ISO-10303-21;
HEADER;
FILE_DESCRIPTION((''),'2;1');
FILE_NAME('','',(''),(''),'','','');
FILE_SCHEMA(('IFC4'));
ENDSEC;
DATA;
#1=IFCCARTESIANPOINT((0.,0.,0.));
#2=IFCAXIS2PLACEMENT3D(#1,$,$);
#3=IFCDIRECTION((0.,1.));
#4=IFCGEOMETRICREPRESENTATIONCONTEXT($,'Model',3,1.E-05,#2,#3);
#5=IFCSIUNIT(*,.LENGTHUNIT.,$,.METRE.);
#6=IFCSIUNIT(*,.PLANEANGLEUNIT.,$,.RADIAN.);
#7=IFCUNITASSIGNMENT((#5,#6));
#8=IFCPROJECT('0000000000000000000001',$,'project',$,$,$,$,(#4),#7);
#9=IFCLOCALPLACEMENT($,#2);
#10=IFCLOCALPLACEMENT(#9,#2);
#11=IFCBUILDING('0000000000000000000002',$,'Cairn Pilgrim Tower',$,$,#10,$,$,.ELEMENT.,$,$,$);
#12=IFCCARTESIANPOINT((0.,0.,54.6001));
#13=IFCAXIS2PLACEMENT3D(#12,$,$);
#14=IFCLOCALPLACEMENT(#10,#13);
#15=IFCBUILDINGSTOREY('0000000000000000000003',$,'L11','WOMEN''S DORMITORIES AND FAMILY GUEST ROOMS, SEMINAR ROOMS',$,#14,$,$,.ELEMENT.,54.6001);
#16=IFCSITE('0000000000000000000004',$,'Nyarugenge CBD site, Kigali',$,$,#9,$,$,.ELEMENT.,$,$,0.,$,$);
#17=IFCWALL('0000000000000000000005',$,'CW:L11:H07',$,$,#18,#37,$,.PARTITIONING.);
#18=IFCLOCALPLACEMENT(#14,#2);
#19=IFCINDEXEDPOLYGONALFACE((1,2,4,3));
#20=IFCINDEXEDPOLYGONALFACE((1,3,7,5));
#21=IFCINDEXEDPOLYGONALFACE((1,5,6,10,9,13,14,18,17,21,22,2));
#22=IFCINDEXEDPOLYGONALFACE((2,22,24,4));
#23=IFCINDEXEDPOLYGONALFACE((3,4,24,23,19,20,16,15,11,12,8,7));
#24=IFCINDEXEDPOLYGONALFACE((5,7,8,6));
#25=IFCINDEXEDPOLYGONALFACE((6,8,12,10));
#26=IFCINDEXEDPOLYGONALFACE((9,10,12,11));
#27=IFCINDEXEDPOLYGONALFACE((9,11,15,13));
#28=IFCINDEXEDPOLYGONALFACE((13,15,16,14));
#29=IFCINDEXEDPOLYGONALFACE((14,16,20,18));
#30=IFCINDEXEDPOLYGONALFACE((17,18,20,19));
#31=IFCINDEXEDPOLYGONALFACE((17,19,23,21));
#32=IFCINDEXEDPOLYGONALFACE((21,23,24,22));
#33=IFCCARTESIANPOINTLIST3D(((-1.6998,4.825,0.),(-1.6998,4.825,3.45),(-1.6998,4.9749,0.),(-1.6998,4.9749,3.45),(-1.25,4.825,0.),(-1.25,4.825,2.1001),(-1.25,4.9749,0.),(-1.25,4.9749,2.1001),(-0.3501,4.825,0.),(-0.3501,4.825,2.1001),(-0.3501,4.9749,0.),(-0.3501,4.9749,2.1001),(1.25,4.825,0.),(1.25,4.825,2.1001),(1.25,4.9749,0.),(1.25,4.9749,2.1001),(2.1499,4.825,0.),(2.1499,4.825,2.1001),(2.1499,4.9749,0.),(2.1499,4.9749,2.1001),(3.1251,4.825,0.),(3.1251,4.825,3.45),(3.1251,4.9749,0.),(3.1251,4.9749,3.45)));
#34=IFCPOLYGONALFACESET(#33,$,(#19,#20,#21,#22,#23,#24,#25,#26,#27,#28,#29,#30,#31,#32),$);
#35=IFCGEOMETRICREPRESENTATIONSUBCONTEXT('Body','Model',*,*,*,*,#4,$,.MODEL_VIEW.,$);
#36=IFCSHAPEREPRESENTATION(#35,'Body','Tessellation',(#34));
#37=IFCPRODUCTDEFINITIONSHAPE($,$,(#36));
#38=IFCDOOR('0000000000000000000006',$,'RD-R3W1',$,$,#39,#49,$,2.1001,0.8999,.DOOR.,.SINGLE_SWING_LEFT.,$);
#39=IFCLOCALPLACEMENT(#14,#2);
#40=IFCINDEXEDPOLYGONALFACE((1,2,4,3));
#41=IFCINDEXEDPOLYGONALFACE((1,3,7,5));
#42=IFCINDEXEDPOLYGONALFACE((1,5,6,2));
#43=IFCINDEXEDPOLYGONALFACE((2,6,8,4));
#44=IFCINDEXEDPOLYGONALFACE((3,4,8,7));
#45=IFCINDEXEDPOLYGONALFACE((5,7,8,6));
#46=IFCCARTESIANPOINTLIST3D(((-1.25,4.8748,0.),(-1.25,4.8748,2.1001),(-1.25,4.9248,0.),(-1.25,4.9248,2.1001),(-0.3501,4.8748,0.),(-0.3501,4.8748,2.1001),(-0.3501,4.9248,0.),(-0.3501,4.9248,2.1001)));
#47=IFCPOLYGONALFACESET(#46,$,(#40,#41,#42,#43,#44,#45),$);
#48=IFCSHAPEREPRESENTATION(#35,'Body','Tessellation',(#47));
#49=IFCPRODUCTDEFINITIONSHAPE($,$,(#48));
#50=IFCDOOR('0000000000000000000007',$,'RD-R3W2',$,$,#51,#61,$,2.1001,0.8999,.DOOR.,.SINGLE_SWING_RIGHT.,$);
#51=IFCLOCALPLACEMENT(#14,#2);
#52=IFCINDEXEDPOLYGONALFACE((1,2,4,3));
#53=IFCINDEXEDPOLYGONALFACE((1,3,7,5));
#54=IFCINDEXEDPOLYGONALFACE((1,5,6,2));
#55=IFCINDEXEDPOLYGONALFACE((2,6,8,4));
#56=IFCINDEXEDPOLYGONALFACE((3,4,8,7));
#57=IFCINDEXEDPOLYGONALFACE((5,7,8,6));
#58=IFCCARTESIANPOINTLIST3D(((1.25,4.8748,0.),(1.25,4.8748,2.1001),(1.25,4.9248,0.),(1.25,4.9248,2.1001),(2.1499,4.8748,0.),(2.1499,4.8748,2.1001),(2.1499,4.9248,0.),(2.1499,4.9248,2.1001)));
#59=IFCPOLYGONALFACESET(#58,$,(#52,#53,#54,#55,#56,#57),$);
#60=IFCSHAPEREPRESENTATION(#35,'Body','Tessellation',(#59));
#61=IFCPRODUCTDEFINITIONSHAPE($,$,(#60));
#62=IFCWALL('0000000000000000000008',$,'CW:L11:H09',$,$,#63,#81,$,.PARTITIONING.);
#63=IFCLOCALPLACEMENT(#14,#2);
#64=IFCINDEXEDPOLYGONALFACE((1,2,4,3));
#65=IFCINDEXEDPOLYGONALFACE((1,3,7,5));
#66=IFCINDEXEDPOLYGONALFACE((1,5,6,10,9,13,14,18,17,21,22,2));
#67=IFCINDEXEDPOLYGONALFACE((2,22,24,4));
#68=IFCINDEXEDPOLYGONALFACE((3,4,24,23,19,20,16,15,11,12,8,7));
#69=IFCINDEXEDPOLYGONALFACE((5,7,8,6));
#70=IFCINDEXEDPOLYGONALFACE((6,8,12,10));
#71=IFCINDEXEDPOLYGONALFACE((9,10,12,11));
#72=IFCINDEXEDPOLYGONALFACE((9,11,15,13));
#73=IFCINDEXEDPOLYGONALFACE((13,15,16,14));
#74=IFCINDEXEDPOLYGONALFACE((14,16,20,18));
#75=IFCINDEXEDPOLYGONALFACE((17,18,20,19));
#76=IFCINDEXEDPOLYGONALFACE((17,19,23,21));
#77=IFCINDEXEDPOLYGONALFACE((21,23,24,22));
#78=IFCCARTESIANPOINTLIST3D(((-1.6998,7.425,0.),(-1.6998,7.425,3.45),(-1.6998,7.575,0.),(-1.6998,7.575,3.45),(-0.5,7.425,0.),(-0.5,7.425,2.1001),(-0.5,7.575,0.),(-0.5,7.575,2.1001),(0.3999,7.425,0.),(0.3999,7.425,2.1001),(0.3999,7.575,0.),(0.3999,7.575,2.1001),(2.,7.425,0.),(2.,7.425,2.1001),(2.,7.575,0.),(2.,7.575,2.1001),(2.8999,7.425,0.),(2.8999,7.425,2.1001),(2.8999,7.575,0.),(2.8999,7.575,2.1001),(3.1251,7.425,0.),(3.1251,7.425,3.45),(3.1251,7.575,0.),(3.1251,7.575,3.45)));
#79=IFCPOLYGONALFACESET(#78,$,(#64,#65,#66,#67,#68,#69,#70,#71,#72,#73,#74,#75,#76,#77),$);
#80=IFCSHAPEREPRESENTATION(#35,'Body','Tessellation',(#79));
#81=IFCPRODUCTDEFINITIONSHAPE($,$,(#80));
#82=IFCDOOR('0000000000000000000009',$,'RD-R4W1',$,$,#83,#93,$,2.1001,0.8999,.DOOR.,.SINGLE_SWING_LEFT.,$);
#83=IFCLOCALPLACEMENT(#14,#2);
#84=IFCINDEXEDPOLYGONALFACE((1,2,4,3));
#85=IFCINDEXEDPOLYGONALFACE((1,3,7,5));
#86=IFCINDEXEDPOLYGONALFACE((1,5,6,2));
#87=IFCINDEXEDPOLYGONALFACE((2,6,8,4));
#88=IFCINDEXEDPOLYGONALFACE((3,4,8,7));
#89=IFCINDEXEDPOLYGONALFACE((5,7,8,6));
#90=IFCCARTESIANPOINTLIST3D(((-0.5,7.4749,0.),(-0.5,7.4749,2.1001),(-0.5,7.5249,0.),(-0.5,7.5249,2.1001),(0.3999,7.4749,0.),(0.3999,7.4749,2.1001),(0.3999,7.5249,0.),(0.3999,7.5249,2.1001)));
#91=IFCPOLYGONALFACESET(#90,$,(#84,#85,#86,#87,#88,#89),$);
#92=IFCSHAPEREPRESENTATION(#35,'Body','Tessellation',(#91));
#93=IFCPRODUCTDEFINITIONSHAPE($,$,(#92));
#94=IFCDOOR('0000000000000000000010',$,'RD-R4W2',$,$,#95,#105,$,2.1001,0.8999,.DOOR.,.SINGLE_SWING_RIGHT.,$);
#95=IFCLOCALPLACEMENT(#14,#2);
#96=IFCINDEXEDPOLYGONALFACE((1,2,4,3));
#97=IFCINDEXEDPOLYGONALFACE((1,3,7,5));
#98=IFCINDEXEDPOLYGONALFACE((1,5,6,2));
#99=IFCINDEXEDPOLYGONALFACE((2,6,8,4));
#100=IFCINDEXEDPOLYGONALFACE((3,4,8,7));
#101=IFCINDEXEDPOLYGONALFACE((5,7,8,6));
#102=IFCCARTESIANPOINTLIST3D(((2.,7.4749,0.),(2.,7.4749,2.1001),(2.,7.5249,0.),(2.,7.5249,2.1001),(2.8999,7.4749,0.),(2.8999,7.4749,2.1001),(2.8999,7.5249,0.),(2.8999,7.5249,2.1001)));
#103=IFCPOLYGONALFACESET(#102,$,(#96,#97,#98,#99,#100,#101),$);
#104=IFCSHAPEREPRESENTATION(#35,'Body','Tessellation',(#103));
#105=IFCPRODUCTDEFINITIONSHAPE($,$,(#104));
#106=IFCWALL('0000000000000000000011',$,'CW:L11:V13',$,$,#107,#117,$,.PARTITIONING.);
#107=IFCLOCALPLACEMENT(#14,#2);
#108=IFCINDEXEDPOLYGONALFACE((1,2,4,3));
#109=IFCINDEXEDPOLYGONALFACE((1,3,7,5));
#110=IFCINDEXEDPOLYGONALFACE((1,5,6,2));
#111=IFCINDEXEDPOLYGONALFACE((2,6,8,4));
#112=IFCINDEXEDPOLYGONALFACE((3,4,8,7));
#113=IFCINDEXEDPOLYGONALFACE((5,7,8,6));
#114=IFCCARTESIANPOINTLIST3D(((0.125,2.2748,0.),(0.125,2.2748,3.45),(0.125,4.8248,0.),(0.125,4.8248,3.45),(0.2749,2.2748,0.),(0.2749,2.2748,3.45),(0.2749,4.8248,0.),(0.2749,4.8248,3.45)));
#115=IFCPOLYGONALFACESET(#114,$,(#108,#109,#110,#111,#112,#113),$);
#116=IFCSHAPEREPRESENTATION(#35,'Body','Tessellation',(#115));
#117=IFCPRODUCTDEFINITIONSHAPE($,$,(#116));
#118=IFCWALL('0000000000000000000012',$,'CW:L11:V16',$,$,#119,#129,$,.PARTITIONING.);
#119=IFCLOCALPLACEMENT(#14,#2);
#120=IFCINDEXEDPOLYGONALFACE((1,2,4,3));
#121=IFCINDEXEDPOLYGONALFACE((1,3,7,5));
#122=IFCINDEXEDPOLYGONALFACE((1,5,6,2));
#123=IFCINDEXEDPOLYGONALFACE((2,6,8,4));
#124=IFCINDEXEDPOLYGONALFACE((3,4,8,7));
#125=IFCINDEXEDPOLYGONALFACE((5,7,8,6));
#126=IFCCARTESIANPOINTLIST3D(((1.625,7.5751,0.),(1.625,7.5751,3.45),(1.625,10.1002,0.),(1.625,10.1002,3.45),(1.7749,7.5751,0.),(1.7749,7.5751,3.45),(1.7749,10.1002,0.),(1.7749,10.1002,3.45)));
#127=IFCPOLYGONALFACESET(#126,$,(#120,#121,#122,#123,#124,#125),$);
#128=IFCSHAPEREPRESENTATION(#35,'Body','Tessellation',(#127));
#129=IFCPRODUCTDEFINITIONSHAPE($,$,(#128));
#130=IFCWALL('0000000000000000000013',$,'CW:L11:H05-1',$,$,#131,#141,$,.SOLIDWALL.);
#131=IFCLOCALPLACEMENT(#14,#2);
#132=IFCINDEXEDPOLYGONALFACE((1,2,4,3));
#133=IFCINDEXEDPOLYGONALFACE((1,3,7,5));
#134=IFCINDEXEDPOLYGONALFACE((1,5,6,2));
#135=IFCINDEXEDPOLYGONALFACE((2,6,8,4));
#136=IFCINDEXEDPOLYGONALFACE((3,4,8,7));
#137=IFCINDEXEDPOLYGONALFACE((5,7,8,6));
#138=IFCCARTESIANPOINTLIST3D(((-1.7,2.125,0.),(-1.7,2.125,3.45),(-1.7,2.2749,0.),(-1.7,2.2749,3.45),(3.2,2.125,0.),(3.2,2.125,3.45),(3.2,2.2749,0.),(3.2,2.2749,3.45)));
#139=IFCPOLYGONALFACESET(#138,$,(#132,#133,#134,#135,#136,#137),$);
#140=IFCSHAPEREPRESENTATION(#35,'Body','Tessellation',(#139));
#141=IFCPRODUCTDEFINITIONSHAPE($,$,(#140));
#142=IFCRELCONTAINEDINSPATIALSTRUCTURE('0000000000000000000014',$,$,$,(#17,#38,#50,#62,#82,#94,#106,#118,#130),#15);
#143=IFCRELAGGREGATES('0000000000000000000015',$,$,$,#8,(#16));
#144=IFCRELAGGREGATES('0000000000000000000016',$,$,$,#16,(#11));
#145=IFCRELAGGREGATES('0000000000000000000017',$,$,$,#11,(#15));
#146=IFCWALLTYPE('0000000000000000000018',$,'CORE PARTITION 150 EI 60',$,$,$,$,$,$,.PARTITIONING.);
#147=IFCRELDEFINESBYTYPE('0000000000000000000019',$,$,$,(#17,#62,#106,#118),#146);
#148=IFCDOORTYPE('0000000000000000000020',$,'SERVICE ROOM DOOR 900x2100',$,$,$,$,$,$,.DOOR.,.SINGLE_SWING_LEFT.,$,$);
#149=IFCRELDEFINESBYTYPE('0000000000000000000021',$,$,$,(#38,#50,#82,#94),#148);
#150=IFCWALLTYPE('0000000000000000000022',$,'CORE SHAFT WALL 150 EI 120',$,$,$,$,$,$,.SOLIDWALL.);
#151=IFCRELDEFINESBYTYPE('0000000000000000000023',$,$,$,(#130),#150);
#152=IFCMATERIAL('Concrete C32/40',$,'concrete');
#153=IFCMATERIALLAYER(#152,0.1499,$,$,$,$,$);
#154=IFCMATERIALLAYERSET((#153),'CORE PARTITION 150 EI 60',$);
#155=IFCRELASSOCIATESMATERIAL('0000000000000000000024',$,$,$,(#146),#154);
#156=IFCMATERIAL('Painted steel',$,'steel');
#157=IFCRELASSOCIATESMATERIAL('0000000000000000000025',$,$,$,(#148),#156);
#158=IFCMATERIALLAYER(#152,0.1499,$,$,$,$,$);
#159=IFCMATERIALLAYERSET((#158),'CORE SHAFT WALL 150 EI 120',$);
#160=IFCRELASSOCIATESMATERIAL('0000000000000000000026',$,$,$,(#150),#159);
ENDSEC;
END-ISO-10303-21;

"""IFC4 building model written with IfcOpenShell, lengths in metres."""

from ifc_helpers import new_model, si_unit, direction, frame, frame_2d, origin, place, context, subcontext, project, spatial, rectangle, extrude, material, layer, layer_set, type_object, element, fill, save


model = new_model("IFC4")

# Units and contexts
model_context = context("Model", 3, precision=1e-05, world=origin(), true_north=direction((0.0, 1.0)))
body_context = subcontext(model_context, "Body", "Model", "MODEL_VIEW")
ifc_project = project(units=[si_unit("LENGTHUNIT", "METRE"), si_unit("PLANEANGLEUNIT", "RADIAN")], contexts=[model_context])

# Site, building, storey
site_placement = place(None, origin())
site = spatial("IfcSite", under=ifc_project, at=site_placement, Name="Nyarugenge CBD site, Kigali", CompositionType="ELEMENT", RefElevation=0.0)
building_placement = place(site_placement, origin())
building = spatial("IfcBuilding", under=site, at=building_placement, Name="Cairn Pilgrim Tower", CompositionType="ELEMENT")
storey_placement = place(building_placement, frame((0.0, 0.0, 54.6001)))
storey = spatial("IfcBuildingStorey", under=building, at=storey_placement, Name="L11", Description="WOMEN'S DORMITORIES AND FAMILY GUEST ROOMS, SEMINAR ROOMS", CompositionType="ELEMENT", Elevation=54.6001)

# Shared definitions
ifc_material_1 = material(Name="Concrete C32/40", Category="concrete")

# Walls, openings, doors
ifc_layer_1 = layer(ifc_material_1, 0.1499)
ifc_layer_set_1 = layer_set([ifc_layer_1], Name="CORE PARTITION 150 EI 60")
wall_type_1 = type_object("IfcWallType", Name="CORE PARTITION 150 EI 60", PredefinedType="PARTITIONING", material=ifc_layer_set_1)
wall_1_placement = place(storey_placement, frame((-1.7, 4.8999, 0.0), z_axis=(0.0, 0.0, 1.0), x_axis=(1.0, 0.0, 0.0)))
wall_1 = element("IfcWall", 1, at=wall_1_placement, inside=storey, type_object=wall_type_1, Name="CW:L11:H07", PredefinedType="PARTITIONING", context=body_context, shape_type="SweptSolid", body=[
    extrude(rectangle(XDim=4.825, YDim=0.1499, at=frame_2d((2.4126, 0.0))), origin(), (0.0, 0.0, 1.0), 3.45),
])
opening_1_placement = place(wall_1_placement, frame((0.45, 0.0, 0.0)))
opening_1 = element("IfcOpeningElement", 2, at=opening_1_placement, cuts=wall_1, PredefinedType="OPENING", context=body_context, shape_type="SweptSolid", body=[
    extrude(rectangle(XDim=0.8999, YDim=2.1001, at=frame_2d((0.45, 1.05))), frame((0.0, 0.085, 0.0), z_axis=(0.0, -1.0, 0.0), x_axis=(1.0, 0.0, 0.0)), (0.0, 0.0, 1.0), 0.1699),
])
opening_2_placement = place(wall_1_placement, frame((2.95, 0.0, 0.0)))
opening_2 = element("IfcOpeningElement", 3, at=opening_2_placement, cuts=wall_1, PredefinedType="OPENING", context=body_context, shape_type="SweptSolid", body=[
    extrude(rectangle(XDim=0.8999, YDim=2.1001, at=frame_2d((0.45, 1.05))), frame((0.0, 0.085, 0.0), z_axis=(0.0, -1.0, 0.0), x_axis=(1.0, 0.0, 0.0)), (0.0, 0.0, 1.0), 0.1699),
])
ifc_material_2 = material(Name="Painted steel", Category="steel")
door_type_1 = type_object("IfcDoorType", Name="SERVICE ROOM DOOR 900x2100", OperationType="SINGLE_SWING_LEFT", PredefinedType="DOOR", material=ifc_material_2)
door_1_placement = place(opening_1_placement, origin())
door_1 = element("IfcDoor", 4, at=door_1_placement, inside=storey, type_object=door_type_1, Name="RD-R3W1", OperationType="SINGLE_SWING_LEFT", OverallHeight=2.1001, OverallWidth=0.8999, PredefinedType="DOOR", context=body_context, shape_type="SweptSolid", body=[
    extrude(rectangle(XDim=0.8999, YDim=2.1001, at=frame_2d((0.45, 1.05))), frame((0.0, 0.0249, 0.0), z_axis=(0.0, -1.0, 0.0), x_axis=(1.0, 0.0, 0.0)), (0.0, 0.0, 1.0), 0.05),
])
fill(opening_1, door_1)
door_2_placement = place(opening_2_placement, origin())
door_2 = element("IfcDoor", 5, at=door_2_placement, inside=storey, type_object=door_type_1, Name="RD-R3W2", OperationType="SINGLE_SWING_RIGHT", OverallHeight=2.1001, OverallWidth=0.8999, PredefinedType="DOOR", context=body_context, shape_type="SweptSolid", body=[
    extrude(rectangle(XDim=0.8999, YDim=2.1001, at=frame_2d((0.45, 1.05))), frame((0.0, 0.0249, 0.0), z_axis=(0.0, -1.0, 0.0), x_axis=(1.0, 0.0, 0.0)), (0.0, 0.0, 1.0), 0.05),
])
fill(opening_2, door_2)
wall_2_placement = place(storey_placement, frame((-1.7, 7.5, 0.0), z_axis=(0.0, 0.0, 1.0), x_axis=(1.0, 0.0, 0.0)))
wall_2 = element("IfcWall", 6, at=wall_2_placement, inside=storey, type_object=wall_type_1, Name="CW:L11:H09", PredefinedType="PARTITIONING", context=body_context, shape_type="SweptSolid", body=[
    extrude(rectangle(XDim=4.825, YDim=0.1499, at=frame_2d((2.4126, 0.0))), origin(), (0.0, 0.0, 1.0), 3.45),
])
opening_3_placement = place(wall_2_placement, frame((1.2, 0.0, 0.0)))
opening_3 = element("IfcOpeningElement", 7, at=opening_3_placement, cuts=wall_2, PredefinedType="OPENING", context=body_context, shape_type="SweptSolid", body=[
    extrude(rectangle(XDim=0.8999, YDim=2.1001, at=frame_2d((0.45, 1.05))), frame((0.0, 0.085, 0.0), z_axis=(0.0, -1.0, 0.0), x_axis=(1.0, 0.0, 0.0)), (0.0, 0.0, 1.0), 0.1699),
])
opening_4_placement = place(wall_2_placement, frame((3.7, 0.0, 0.0)))
opening_4 = element("IfcOpeningElement", 8, at=opening_4_placement, cuts=wall_2, PredefinedType="OPENING", context=body_context, shape_type="SweptSolid", body=[
    extrude(rectangle(XDim=0.8999, YDim=2.1001, at=frame_2d((0.45, 1.05))), frame((0.0, 0.085, 0.0), z_axis=(0.0, -1.0, 0.0), x_axis=(1.0, 0.0, 0.0)), (0.0, 0.0, 1.0), 0.1699),
])
door_3_placement = place(opening_3_placement, origin())
door_3 = element("IfcDoor", 9, at=door_3_placement, inside=storey, type_object=door_type_1, Name="RD-R4W1", OperationType="SINGLE_SWING_LEFT", OverallHeight=2.1001, OverallWidth=0.8999, PredefinedType="DOOR", context=body_context, shape_type="SweptSolid", body=[
    extrude(rectangle(XDim=0.8999, YDim=2.1001, at=frame_2d((0.45, 1.05))), frame((0.0, 0.0249, 0.0), z_axis=(0.0, -1.0, 0.0), x_axis=(1.0, 0.0, 0.0)), (0.0, 0.0, 1.0), 0.05),
])
fill(opening_3, door_3)
door_4_placement = place(opening_4_placement, origin())
door_4 = element("IfcDoor", 10, at=door_4_placement, inside=storey, type_object=door_type_1, Name="RD-R4W2", OperationType="SINGLE_SWING_RIGHT", OverallHeight=2.1001, OverallWidth=0.8999, PredefinedType="DOOR", context=body_context, shape_type="SweptSolid", body=[
    extrude(rectangle(XDim=0.8999, YDim=2.1001, at=frame_2d((0.45, 1.05))), frame((0.0, 0.0249, 0.0), z_axis=(0.0, -1.0, 0.0), x_axis=(1.0, 0.0, 0.0)), (0.0, 0.0, 1.0), 0.05),
])
fill(opening_4, door_4)

# Walls
wall_3_placement = place(storey_placement, frame((0.2, 2.2749, 0.0), z_axis=(0.0, 0.0, 1.0), x_axis=(0.0, 1.0, 0.0)))
element("IfcWall", 11, at=wall_3_placement, inside=storey, type_object=wall_type_1, Name="CW:L11:V13", PredefinedType="PARTITIONING", context=body_context, shape_type="SweptSolid", body=[
    extrude(rectangle(XDim=2.55, YDim=0.1499, at=frame_2d((1.2749, 0.0))), origin(), (0.0, 0.0, 1.0), 3.45),
])
wall_4_placement = place(storey_placement, frame((1.7, 7.575, 0.0), z_axis=(0.0, 0.0, 1.0), x_axis=(0.0, 1.0, 0.0)))
element("IfcWall", 12, at=wall_4_placement, inside=storey, type_object=wall_type_1, Name="CW:L11:V16", PredefinedType="PARTITIONING", context=body_context, shape_type="SweptSolid", body=[
    extrude(rectangle(XDim=2.5251, YDim=0.1499, at=frame_2d((1.2627, 0.0))), origin(), (0.0, 0.0, 1.0), 3.45),
])
ifc_layer_2 = layer(ifc_material_1, 0.1499)
ifc_layer_set_2 = layer_set([ifc_layer_2], Name="CORE SHAFT WALL 150 EI 120")
wall_type_2 = type_object("IfcWallType", Name="CORE SHAFT WALL 150 EI 120", PredefinedType="SOLIDWALL", material=ifc_layer_set_2)
wall_5_placement = place(storey_placement, frame((-1.7, 2.2, 0.0), z_axis=(0.0, 0.0, 1.0), x_axis=(1.0, 0.0, 0.0)))
element("IfcWall", 13, at=wall_5_placement, inside=storey, type_object=wall_type_2, Name="CW:L11:H05-1", PredefinedType="SOLIDWALL", context=body_context, shape_type="SweptSolid", body=[
    extrude(rectangle(XDim=4.8999, YDim=0.1499, at=frame_2d((2.45, 0.0))), origin(), (0.0, 0.0, 1.0), 3.45),
])

save(model, "model.ifc")
